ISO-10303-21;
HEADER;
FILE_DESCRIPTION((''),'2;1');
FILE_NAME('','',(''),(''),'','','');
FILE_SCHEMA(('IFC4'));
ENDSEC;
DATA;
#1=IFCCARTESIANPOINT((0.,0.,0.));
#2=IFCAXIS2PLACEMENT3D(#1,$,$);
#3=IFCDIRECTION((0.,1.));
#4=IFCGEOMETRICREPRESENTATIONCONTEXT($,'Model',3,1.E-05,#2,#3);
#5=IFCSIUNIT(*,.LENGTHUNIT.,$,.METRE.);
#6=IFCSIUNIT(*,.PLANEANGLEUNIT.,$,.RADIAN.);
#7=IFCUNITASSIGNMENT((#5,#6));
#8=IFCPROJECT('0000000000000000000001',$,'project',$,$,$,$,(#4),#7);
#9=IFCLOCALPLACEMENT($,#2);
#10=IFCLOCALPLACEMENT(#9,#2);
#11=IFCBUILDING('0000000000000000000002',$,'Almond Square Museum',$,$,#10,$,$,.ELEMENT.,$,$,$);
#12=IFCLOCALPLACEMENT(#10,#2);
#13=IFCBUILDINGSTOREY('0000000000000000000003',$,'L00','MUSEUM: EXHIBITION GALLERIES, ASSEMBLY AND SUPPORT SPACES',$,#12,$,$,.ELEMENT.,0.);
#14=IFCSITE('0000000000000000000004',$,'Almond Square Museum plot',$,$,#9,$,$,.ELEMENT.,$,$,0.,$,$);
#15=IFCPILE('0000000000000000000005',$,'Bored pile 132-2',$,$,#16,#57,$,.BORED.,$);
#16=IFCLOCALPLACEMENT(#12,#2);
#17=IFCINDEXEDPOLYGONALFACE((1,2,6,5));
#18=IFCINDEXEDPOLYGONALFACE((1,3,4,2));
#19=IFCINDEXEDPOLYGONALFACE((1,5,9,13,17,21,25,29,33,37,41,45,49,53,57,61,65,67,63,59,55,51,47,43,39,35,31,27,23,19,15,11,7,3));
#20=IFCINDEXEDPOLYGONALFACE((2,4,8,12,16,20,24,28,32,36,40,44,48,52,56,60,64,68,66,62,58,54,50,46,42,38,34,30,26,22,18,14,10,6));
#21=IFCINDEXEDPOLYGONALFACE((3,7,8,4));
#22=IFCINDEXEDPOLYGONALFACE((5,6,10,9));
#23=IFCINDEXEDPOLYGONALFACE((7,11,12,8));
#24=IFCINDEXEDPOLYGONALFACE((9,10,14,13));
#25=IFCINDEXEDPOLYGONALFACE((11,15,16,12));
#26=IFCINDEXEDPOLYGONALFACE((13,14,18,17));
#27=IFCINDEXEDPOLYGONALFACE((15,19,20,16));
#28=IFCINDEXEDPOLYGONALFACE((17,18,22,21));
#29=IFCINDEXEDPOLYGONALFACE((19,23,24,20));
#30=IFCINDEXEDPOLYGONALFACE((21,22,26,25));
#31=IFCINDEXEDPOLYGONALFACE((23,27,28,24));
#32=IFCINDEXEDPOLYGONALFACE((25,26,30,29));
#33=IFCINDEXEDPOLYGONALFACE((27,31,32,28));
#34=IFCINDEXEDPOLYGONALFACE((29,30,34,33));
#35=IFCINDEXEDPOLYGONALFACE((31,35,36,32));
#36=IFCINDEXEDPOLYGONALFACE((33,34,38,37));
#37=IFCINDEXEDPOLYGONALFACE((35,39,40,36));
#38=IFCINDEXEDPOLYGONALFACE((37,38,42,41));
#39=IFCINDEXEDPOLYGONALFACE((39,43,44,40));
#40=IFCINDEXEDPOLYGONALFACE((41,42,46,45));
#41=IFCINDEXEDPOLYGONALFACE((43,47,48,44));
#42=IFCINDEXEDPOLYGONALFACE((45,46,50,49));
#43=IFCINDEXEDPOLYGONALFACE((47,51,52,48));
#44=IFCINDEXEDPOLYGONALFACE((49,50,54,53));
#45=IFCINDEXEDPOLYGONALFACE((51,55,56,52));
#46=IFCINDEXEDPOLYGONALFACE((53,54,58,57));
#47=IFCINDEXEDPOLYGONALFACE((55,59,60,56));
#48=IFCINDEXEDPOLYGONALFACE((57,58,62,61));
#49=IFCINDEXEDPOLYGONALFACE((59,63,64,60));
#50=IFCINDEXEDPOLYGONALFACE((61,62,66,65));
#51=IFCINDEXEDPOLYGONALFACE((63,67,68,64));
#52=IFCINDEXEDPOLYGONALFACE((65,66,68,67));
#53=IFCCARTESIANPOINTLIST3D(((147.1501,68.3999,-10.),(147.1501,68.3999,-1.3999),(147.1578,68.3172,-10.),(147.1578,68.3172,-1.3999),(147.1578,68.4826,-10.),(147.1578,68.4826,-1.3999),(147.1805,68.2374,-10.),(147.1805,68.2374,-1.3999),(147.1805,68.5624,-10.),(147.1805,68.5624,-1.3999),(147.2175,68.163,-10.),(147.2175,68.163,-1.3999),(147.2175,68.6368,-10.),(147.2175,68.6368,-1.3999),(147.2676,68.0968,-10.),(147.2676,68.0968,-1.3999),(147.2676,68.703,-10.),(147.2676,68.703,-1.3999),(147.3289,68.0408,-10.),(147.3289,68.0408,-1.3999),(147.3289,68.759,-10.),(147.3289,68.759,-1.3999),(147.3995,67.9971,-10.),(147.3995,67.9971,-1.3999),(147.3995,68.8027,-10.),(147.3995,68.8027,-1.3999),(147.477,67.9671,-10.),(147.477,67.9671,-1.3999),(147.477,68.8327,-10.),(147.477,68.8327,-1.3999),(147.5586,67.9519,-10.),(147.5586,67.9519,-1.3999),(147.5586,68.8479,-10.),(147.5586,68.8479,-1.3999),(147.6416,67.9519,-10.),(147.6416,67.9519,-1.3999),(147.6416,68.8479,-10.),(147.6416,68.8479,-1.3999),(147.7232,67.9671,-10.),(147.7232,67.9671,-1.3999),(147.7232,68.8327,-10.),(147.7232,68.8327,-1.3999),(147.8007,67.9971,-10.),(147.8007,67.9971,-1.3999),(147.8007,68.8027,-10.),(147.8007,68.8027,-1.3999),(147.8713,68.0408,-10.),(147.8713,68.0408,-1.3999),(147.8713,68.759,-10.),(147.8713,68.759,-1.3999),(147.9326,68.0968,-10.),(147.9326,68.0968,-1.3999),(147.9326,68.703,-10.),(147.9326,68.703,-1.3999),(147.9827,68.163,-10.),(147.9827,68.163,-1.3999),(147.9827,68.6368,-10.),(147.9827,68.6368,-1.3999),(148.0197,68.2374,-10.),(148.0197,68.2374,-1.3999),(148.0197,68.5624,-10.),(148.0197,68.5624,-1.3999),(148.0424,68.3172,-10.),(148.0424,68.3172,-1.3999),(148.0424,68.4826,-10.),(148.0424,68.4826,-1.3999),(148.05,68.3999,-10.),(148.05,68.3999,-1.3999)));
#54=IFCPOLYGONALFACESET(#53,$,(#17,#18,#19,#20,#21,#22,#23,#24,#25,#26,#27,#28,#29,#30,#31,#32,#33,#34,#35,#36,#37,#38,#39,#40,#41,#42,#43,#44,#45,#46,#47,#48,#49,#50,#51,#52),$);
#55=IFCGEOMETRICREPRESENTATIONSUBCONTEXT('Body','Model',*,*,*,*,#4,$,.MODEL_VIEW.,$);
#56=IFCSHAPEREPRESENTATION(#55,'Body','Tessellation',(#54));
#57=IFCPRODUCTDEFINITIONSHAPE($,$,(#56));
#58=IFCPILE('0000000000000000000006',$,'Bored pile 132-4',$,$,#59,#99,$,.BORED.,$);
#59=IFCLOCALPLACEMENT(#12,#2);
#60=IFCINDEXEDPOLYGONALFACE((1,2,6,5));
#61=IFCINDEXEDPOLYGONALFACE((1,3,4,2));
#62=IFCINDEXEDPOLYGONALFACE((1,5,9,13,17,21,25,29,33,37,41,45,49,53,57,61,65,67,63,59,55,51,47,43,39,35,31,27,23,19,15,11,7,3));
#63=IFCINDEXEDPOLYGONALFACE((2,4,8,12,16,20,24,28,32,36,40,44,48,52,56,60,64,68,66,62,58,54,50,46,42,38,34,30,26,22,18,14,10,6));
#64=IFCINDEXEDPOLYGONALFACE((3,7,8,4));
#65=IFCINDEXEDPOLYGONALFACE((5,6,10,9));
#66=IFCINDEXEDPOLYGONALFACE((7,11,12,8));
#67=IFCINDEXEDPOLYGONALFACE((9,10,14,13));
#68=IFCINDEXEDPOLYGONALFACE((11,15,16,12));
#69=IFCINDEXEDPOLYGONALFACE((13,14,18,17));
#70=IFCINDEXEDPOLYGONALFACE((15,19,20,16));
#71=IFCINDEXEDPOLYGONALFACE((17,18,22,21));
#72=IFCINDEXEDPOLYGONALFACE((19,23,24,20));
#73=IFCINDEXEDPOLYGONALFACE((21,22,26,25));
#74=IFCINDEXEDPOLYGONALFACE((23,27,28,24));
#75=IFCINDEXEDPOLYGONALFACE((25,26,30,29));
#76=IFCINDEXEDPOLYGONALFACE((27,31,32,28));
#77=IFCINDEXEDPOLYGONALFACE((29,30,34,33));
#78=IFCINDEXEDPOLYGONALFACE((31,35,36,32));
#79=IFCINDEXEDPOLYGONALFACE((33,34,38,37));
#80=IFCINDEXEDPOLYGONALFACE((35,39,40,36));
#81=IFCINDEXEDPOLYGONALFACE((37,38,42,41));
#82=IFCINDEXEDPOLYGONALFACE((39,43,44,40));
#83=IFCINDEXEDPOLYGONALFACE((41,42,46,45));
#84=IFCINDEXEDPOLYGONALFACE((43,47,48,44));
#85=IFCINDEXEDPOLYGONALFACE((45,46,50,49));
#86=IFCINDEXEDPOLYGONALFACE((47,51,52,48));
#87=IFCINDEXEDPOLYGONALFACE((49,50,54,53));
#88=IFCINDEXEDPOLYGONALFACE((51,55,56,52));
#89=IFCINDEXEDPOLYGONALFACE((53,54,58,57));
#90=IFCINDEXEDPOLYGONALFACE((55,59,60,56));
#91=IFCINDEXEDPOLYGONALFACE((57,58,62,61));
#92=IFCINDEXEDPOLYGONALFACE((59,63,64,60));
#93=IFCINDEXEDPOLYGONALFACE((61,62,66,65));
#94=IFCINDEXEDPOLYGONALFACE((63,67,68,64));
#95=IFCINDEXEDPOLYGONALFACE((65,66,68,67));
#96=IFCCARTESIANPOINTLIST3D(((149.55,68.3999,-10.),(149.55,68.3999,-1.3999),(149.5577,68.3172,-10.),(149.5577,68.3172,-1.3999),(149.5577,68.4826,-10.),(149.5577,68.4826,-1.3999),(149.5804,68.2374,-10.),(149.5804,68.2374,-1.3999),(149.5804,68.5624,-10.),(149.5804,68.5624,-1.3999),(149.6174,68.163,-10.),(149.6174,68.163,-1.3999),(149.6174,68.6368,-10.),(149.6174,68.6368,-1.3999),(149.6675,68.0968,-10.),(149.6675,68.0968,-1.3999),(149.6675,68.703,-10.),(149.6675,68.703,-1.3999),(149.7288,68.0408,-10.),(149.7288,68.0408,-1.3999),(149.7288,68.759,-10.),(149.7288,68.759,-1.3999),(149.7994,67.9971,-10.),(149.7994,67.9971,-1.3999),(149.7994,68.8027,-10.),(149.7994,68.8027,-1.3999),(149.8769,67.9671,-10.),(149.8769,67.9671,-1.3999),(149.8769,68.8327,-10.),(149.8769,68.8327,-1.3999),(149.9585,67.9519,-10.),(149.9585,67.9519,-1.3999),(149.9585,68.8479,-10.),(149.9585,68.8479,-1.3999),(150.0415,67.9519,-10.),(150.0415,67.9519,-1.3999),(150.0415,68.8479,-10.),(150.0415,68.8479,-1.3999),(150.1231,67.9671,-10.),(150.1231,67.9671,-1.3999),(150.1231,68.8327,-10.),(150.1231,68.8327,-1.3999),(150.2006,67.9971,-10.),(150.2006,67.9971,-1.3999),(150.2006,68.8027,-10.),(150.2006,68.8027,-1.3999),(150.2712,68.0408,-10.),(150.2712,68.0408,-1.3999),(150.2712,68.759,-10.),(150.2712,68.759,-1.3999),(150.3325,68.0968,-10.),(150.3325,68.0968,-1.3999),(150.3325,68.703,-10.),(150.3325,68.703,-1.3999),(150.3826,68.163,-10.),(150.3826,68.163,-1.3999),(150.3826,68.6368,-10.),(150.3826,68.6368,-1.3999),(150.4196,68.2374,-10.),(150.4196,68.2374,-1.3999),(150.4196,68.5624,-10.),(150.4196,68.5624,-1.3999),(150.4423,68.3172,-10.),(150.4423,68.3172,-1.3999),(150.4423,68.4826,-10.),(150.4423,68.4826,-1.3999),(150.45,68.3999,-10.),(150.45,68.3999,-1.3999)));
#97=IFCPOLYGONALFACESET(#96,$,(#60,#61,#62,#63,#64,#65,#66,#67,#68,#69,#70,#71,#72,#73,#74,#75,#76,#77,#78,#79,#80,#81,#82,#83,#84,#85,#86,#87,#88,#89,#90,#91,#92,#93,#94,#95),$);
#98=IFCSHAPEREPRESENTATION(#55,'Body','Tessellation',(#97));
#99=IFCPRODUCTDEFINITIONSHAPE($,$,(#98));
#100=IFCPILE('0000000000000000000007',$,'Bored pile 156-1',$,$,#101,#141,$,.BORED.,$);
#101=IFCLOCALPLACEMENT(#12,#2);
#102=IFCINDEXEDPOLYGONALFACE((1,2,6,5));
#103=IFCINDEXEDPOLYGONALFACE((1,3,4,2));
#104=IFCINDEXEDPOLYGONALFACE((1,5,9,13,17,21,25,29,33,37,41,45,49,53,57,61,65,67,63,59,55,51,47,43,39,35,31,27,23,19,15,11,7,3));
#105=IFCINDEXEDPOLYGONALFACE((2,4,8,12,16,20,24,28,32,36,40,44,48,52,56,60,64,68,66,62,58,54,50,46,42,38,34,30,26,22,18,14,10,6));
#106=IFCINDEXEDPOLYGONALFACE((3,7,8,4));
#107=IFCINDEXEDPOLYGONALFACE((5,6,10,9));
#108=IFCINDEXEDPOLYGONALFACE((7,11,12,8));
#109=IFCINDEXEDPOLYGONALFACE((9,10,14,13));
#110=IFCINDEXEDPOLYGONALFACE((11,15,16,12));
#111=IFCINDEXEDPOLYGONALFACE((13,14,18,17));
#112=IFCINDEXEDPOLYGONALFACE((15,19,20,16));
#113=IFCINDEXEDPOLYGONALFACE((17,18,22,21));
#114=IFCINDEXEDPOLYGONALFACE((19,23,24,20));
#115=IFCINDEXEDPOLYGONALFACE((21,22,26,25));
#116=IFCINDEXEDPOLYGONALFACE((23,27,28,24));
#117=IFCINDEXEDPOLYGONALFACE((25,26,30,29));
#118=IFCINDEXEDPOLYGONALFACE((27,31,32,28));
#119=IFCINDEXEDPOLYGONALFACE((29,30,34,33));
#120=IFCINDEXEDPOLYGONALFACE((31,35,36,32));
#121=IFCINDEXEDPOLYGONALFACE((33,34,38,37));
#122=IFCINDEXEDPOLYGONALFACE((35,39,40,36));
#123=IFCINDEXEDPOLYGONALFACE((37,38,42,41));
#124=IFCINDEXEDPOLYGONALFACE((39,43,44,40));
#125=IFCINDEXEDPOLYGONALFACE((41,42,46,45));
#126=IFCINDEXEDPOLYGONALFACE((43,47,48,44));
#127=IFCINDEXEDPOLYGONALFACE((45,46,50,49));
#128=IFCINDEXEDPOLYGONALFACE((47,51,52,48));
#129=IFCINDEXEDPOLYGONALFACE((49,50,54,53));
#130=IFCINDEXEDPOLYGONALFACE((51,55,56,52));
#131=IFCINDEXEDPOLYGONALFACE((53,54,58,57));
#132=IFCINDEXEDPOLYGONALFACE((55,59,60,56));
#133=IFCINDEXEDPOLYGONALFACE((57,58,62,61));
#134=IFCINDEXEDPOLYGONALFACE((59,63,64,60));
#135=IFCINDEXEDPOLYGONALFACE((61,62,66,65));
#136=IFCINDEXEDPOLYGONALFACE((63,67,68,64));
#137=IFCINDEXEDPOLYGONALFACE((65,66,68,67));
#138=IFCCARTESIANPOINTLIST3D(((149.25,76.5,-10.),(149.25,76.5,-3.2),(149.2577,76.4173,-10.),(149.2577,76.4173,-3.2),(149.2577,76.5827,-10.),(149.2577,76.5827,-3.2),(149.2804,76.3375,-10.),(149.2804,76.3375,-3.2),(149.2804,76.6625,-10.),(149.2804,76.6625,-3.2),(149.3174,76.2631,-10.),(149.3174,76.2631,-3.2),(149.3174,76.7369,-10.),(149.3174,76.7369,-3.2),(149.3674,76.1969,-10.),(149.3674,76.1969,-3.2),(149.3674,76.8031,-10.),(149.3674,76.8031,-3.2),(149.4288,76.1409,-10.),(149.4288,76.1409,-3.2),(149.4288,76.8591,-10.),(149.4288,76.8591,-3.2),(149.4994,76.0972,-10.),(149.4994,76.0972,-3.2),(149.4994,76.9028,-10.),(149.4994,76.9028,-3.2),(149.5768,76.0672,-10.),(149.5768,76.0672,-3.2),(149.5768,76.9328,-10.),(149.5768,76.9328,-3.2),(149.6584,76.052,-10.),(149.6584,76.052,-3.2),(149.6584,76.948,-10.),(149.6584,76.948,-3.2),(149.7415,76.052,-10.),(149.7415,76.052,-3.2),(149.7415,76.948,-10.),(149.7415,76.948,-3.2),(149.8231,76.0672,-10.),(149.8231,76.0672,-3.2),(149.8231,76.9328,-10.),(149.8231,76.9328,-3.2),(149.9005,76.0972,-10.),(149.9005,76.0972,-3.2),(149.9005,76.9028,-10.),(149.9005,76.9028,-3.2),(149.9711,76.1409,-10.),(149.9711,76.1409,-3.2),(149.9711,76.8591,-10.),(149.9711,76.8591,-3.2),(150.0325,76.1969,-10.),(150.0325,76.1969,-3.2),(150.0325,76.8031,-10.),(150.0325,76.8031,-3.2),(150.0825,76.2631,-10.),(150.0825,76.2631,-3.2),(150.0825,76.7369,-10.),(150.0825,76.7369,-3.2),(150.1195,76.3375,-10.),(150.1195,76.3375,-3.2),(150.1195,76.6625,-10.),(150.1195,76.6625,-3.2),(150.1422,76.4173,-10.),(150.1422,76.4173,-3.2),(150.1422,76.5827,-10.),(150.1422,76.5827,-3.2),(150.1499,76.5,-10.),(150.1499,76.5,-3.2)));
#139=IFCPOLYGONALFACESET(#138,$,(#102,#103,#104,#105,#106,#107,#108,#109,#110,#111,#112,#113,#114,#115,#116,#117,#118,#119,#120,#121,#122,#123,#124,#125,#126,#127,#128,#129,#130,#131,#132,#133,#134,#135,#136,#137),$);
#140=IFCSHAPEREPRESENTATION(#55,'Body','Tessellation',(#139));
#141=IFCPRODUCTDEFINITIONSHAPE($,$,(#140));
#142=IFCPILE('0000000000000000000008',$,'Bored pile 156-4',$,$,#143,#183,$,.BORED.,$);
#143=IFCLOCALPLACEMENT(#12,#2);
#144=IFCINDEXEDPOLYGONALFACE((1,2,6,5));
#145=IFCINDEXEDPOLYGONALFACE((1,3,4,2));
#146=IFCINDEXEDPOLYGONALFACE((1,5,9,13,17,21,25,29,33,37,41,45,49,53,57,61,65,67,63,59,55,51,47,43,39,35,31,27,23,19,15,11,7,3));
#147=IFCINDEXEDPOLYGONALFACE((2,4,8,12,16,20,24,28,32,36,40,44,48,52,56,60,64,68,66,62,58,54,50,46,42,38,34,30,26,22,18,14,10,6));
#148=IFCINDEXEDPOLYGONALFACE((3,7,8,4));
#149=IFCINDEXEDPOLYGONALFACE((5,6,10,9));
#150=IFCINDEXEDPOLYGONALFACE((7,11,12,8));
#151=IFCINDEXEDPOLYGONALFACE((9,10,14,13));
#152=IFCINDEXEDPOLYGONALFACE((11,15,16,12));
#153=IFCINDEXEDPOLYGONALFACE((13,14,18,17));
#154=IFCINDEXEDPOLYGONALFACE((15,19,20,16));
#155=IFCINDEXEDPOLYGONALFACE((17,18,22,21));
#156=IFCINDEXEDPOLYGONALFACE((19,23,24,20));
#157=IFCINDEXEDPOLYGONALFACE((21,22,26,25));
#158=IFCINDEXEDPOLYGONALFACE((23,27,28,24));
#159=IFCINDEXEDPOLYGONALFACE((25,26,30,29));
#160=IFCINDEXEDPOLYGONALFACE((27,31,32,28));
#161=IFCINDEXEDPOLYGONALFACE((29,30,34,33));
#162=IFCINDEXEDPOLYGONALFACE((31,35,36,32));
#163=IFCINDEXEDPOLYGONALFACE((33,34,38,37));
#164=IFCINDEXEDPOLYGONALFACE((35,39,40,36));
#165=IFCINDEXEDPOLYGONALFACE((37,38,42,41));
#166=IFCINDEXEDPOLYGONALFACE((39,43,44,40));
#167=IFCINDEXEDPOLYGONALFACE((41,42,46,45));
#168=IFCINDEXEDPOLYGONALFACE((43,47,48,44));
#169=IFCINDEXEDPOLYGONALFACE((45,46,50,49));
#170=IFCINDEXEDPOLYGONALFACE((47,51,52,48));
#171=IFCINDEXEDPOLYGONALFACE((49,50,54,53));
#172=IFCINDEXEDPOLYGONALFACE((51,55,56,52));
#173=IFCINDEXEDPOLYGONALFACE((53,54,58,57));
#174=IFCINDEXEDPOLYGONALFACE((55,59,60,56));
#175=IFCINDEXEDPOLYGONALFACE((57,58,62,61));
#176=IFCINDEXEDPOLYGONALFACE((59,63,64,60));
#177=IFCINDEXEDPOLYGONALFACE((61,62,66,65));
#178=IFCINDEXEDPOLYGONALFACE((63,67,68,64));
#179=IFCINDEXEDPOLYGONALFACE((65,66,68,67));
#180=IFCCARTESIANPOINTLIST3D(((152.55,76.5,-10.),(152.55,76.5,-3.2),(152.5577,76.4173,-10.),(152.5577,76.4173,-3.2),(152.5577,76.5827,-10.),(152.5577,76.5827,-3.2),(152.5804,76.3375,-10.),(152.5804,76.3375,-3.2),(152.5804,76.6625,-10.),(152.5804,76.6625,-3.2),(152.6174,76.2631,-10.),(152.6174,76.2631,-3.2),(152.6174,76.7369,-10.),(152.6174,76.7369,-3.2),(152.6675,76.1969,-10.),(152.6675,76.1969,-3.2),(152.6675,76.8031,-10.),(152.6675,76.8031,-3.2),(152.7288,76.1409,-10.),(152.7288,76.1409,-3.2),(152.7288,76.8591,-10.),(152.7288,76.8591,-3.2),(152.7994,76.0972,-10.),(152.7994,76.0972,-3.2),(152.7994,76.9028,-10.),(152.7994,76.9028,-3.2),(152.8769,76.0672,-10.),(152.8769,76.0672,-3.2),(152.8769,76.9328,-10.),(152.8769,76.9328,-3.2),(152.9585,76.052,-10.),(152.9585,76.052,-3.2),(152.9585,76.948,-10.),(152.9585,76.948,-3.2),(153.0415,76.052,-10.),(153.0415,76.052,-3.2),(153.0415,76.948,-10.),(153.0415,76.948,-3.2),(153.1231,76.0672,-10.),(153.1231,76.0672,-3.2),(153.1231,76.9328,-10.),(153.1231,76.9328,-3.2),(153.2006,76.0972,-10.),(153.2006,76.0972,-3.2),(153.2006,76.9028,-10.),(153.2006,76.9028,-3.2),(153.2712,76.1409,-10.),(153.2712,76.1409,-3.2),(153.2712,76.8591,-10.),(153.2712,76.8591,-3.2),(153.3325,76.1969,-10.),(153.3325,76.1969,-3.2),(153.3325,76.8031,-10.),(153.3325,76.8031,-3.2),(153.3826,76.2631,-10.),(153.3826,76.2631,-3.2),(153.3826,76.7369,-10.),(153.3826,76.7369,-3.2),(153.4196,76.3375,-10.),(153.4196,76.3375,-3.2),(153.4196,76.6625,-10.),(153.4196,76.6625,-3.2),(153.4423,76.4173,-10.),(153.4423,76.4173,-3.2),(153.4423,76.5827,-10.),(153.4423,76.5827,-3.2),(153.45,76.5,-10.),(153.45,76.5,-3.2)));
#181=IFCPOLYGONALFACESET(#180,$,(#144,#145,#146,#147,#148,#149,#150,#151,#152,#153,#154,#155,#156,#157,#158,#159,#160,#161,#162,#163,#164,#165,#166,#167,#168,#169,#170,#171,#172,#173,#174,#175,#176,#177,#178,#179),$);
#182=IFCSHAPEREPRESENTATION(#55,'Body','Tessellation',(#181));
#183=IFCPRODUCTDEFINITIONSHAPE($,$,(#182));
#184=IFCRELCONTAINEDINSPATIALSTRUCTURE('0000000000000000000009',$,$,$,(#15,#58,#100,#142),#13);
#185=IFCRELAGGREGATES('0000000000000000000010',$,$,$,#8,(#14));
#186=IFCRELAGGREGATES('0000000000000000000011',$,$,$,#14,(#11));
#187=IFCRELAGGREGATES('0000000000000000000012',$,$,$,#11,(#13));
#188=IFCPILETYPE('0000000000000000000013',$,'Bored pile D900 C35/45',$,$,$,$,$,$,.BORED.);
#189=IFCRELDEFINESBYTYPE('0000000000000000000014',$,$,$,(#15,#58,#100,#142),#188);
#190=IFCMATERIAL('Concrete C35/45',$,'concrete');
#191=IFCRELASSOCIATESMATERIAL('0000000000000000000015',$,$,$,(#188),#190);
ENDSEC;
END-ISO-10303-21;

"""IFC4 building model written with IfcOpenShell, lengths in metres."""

from ifc_helpers import new_model, si_unit, direction, frame, origin, origin_2d, place, context, subcontext, project, spatial, circle, extrude, material, material_profile, profile_set, type_object, element, save


model = new_model("IFC4")

# Units and contexts
model_context = context("Model", 3, precision=1e-05, world=origin(), true_north=direction((0.0, 1.0)))
body_context = subcontext(model_context, "Body", "Model", "MODEL_VIEW")
ifc_project = project(units=[si_unit("LENGTHUNIT", "METRE"), si_unit("PLANEANGLEUNIT", "RADIAN")], contexts=[model_context])

# Site, building, storey
site_placement = place(None, origin())
site = spatial("IfcSite", under=ifc_project, at=site_placement, Name="Almond Square Museum plot", CompositionType="ELEMENT", RefElevation=0.0)
building_placement = place(site_placement, origin())
building = spatial("IfcBuilding", under=site, at=building_placement, Name="Almond Square Museum", CompositionType="ELEMENT")
storey_placement = place(building_placement, origin())
storey = spatial("IfcBuildingStorey", under=building, at=storey_placement, Name="L00", Description="MUSEUM: EXHIBITION GALLERIES, ASSEMBLY AND SUPPORT SPACES", CompositionType="ELEMENT", Elevation=0.0)

# Piles
ifc_material_1 = material(Name="Concrete C35/45", Category="concrete")
ifc_material_profile_1 = material_profile(ifc_material_1, circle(Radius=0.45, at=origin_2d()))
ifc_profile_set_1 = profile_set([ifc_material_profile_1], Name="Concrete C35/45")
pile_type = type_object("IfcPileType", Name="Bored pile D900 C35/45", PredefinedType="BORED", material=ifc_profile_set_1)
for number, where, z_axis, x_axis, name in (
    (1, (147.6001, 68.3999, -1.3999), (0.0, 0.0, -1.0), (1.0, 0.0, 0.0), "Bored pile 132-2"),
    (2, (150.0, 68.3999, -1.3999), (0.0, 0.0, -1.0), (1.0, 0.0, 0.0), "Bored pile 132-4"),
):
    element("IfcPile", number, at=place(storey_placement, frame(where, z_axis=z_axis, x_axis=x_axis)), inside=storey, type_object=pile_type, Name=name, PredefinedType="BORED", context=body_context, shape_type="SweptSolid", body=[
        extrude(circle(Radius=0.45, at=origin_2d()), origin(), (0.0, 0.0, 1.0), 8.6001),
    ])
for number, where, z_axis, x_axis, name in (
    (3, (149.7, 76.5, -3.2), (0.0, 0.0, -1.0), (1.0, 0.0, 0.0), "Bored pile 156-1"),
    (4, (153.0, 76.5, -3.2), (0.0, 0.0, -1.0), (1.0, 0.0, 0.0), "Bored pile 156-4"),
):
    element("IfcPile", number, at=place(storey_placement, frame(where, z_axis=z_axis, x_axis=x_axis)), inside=storey, type_object=pile_type, Name=name, PredefinedType="BORED", context=body_context, shape_type="SweptSolid", body=[
        extrude(circle(Radius=0.45, at=origin_2d()), origin(), (0.0, 0.0, 1.0), 6.8),
    ])

save(model, "model.ifc")
